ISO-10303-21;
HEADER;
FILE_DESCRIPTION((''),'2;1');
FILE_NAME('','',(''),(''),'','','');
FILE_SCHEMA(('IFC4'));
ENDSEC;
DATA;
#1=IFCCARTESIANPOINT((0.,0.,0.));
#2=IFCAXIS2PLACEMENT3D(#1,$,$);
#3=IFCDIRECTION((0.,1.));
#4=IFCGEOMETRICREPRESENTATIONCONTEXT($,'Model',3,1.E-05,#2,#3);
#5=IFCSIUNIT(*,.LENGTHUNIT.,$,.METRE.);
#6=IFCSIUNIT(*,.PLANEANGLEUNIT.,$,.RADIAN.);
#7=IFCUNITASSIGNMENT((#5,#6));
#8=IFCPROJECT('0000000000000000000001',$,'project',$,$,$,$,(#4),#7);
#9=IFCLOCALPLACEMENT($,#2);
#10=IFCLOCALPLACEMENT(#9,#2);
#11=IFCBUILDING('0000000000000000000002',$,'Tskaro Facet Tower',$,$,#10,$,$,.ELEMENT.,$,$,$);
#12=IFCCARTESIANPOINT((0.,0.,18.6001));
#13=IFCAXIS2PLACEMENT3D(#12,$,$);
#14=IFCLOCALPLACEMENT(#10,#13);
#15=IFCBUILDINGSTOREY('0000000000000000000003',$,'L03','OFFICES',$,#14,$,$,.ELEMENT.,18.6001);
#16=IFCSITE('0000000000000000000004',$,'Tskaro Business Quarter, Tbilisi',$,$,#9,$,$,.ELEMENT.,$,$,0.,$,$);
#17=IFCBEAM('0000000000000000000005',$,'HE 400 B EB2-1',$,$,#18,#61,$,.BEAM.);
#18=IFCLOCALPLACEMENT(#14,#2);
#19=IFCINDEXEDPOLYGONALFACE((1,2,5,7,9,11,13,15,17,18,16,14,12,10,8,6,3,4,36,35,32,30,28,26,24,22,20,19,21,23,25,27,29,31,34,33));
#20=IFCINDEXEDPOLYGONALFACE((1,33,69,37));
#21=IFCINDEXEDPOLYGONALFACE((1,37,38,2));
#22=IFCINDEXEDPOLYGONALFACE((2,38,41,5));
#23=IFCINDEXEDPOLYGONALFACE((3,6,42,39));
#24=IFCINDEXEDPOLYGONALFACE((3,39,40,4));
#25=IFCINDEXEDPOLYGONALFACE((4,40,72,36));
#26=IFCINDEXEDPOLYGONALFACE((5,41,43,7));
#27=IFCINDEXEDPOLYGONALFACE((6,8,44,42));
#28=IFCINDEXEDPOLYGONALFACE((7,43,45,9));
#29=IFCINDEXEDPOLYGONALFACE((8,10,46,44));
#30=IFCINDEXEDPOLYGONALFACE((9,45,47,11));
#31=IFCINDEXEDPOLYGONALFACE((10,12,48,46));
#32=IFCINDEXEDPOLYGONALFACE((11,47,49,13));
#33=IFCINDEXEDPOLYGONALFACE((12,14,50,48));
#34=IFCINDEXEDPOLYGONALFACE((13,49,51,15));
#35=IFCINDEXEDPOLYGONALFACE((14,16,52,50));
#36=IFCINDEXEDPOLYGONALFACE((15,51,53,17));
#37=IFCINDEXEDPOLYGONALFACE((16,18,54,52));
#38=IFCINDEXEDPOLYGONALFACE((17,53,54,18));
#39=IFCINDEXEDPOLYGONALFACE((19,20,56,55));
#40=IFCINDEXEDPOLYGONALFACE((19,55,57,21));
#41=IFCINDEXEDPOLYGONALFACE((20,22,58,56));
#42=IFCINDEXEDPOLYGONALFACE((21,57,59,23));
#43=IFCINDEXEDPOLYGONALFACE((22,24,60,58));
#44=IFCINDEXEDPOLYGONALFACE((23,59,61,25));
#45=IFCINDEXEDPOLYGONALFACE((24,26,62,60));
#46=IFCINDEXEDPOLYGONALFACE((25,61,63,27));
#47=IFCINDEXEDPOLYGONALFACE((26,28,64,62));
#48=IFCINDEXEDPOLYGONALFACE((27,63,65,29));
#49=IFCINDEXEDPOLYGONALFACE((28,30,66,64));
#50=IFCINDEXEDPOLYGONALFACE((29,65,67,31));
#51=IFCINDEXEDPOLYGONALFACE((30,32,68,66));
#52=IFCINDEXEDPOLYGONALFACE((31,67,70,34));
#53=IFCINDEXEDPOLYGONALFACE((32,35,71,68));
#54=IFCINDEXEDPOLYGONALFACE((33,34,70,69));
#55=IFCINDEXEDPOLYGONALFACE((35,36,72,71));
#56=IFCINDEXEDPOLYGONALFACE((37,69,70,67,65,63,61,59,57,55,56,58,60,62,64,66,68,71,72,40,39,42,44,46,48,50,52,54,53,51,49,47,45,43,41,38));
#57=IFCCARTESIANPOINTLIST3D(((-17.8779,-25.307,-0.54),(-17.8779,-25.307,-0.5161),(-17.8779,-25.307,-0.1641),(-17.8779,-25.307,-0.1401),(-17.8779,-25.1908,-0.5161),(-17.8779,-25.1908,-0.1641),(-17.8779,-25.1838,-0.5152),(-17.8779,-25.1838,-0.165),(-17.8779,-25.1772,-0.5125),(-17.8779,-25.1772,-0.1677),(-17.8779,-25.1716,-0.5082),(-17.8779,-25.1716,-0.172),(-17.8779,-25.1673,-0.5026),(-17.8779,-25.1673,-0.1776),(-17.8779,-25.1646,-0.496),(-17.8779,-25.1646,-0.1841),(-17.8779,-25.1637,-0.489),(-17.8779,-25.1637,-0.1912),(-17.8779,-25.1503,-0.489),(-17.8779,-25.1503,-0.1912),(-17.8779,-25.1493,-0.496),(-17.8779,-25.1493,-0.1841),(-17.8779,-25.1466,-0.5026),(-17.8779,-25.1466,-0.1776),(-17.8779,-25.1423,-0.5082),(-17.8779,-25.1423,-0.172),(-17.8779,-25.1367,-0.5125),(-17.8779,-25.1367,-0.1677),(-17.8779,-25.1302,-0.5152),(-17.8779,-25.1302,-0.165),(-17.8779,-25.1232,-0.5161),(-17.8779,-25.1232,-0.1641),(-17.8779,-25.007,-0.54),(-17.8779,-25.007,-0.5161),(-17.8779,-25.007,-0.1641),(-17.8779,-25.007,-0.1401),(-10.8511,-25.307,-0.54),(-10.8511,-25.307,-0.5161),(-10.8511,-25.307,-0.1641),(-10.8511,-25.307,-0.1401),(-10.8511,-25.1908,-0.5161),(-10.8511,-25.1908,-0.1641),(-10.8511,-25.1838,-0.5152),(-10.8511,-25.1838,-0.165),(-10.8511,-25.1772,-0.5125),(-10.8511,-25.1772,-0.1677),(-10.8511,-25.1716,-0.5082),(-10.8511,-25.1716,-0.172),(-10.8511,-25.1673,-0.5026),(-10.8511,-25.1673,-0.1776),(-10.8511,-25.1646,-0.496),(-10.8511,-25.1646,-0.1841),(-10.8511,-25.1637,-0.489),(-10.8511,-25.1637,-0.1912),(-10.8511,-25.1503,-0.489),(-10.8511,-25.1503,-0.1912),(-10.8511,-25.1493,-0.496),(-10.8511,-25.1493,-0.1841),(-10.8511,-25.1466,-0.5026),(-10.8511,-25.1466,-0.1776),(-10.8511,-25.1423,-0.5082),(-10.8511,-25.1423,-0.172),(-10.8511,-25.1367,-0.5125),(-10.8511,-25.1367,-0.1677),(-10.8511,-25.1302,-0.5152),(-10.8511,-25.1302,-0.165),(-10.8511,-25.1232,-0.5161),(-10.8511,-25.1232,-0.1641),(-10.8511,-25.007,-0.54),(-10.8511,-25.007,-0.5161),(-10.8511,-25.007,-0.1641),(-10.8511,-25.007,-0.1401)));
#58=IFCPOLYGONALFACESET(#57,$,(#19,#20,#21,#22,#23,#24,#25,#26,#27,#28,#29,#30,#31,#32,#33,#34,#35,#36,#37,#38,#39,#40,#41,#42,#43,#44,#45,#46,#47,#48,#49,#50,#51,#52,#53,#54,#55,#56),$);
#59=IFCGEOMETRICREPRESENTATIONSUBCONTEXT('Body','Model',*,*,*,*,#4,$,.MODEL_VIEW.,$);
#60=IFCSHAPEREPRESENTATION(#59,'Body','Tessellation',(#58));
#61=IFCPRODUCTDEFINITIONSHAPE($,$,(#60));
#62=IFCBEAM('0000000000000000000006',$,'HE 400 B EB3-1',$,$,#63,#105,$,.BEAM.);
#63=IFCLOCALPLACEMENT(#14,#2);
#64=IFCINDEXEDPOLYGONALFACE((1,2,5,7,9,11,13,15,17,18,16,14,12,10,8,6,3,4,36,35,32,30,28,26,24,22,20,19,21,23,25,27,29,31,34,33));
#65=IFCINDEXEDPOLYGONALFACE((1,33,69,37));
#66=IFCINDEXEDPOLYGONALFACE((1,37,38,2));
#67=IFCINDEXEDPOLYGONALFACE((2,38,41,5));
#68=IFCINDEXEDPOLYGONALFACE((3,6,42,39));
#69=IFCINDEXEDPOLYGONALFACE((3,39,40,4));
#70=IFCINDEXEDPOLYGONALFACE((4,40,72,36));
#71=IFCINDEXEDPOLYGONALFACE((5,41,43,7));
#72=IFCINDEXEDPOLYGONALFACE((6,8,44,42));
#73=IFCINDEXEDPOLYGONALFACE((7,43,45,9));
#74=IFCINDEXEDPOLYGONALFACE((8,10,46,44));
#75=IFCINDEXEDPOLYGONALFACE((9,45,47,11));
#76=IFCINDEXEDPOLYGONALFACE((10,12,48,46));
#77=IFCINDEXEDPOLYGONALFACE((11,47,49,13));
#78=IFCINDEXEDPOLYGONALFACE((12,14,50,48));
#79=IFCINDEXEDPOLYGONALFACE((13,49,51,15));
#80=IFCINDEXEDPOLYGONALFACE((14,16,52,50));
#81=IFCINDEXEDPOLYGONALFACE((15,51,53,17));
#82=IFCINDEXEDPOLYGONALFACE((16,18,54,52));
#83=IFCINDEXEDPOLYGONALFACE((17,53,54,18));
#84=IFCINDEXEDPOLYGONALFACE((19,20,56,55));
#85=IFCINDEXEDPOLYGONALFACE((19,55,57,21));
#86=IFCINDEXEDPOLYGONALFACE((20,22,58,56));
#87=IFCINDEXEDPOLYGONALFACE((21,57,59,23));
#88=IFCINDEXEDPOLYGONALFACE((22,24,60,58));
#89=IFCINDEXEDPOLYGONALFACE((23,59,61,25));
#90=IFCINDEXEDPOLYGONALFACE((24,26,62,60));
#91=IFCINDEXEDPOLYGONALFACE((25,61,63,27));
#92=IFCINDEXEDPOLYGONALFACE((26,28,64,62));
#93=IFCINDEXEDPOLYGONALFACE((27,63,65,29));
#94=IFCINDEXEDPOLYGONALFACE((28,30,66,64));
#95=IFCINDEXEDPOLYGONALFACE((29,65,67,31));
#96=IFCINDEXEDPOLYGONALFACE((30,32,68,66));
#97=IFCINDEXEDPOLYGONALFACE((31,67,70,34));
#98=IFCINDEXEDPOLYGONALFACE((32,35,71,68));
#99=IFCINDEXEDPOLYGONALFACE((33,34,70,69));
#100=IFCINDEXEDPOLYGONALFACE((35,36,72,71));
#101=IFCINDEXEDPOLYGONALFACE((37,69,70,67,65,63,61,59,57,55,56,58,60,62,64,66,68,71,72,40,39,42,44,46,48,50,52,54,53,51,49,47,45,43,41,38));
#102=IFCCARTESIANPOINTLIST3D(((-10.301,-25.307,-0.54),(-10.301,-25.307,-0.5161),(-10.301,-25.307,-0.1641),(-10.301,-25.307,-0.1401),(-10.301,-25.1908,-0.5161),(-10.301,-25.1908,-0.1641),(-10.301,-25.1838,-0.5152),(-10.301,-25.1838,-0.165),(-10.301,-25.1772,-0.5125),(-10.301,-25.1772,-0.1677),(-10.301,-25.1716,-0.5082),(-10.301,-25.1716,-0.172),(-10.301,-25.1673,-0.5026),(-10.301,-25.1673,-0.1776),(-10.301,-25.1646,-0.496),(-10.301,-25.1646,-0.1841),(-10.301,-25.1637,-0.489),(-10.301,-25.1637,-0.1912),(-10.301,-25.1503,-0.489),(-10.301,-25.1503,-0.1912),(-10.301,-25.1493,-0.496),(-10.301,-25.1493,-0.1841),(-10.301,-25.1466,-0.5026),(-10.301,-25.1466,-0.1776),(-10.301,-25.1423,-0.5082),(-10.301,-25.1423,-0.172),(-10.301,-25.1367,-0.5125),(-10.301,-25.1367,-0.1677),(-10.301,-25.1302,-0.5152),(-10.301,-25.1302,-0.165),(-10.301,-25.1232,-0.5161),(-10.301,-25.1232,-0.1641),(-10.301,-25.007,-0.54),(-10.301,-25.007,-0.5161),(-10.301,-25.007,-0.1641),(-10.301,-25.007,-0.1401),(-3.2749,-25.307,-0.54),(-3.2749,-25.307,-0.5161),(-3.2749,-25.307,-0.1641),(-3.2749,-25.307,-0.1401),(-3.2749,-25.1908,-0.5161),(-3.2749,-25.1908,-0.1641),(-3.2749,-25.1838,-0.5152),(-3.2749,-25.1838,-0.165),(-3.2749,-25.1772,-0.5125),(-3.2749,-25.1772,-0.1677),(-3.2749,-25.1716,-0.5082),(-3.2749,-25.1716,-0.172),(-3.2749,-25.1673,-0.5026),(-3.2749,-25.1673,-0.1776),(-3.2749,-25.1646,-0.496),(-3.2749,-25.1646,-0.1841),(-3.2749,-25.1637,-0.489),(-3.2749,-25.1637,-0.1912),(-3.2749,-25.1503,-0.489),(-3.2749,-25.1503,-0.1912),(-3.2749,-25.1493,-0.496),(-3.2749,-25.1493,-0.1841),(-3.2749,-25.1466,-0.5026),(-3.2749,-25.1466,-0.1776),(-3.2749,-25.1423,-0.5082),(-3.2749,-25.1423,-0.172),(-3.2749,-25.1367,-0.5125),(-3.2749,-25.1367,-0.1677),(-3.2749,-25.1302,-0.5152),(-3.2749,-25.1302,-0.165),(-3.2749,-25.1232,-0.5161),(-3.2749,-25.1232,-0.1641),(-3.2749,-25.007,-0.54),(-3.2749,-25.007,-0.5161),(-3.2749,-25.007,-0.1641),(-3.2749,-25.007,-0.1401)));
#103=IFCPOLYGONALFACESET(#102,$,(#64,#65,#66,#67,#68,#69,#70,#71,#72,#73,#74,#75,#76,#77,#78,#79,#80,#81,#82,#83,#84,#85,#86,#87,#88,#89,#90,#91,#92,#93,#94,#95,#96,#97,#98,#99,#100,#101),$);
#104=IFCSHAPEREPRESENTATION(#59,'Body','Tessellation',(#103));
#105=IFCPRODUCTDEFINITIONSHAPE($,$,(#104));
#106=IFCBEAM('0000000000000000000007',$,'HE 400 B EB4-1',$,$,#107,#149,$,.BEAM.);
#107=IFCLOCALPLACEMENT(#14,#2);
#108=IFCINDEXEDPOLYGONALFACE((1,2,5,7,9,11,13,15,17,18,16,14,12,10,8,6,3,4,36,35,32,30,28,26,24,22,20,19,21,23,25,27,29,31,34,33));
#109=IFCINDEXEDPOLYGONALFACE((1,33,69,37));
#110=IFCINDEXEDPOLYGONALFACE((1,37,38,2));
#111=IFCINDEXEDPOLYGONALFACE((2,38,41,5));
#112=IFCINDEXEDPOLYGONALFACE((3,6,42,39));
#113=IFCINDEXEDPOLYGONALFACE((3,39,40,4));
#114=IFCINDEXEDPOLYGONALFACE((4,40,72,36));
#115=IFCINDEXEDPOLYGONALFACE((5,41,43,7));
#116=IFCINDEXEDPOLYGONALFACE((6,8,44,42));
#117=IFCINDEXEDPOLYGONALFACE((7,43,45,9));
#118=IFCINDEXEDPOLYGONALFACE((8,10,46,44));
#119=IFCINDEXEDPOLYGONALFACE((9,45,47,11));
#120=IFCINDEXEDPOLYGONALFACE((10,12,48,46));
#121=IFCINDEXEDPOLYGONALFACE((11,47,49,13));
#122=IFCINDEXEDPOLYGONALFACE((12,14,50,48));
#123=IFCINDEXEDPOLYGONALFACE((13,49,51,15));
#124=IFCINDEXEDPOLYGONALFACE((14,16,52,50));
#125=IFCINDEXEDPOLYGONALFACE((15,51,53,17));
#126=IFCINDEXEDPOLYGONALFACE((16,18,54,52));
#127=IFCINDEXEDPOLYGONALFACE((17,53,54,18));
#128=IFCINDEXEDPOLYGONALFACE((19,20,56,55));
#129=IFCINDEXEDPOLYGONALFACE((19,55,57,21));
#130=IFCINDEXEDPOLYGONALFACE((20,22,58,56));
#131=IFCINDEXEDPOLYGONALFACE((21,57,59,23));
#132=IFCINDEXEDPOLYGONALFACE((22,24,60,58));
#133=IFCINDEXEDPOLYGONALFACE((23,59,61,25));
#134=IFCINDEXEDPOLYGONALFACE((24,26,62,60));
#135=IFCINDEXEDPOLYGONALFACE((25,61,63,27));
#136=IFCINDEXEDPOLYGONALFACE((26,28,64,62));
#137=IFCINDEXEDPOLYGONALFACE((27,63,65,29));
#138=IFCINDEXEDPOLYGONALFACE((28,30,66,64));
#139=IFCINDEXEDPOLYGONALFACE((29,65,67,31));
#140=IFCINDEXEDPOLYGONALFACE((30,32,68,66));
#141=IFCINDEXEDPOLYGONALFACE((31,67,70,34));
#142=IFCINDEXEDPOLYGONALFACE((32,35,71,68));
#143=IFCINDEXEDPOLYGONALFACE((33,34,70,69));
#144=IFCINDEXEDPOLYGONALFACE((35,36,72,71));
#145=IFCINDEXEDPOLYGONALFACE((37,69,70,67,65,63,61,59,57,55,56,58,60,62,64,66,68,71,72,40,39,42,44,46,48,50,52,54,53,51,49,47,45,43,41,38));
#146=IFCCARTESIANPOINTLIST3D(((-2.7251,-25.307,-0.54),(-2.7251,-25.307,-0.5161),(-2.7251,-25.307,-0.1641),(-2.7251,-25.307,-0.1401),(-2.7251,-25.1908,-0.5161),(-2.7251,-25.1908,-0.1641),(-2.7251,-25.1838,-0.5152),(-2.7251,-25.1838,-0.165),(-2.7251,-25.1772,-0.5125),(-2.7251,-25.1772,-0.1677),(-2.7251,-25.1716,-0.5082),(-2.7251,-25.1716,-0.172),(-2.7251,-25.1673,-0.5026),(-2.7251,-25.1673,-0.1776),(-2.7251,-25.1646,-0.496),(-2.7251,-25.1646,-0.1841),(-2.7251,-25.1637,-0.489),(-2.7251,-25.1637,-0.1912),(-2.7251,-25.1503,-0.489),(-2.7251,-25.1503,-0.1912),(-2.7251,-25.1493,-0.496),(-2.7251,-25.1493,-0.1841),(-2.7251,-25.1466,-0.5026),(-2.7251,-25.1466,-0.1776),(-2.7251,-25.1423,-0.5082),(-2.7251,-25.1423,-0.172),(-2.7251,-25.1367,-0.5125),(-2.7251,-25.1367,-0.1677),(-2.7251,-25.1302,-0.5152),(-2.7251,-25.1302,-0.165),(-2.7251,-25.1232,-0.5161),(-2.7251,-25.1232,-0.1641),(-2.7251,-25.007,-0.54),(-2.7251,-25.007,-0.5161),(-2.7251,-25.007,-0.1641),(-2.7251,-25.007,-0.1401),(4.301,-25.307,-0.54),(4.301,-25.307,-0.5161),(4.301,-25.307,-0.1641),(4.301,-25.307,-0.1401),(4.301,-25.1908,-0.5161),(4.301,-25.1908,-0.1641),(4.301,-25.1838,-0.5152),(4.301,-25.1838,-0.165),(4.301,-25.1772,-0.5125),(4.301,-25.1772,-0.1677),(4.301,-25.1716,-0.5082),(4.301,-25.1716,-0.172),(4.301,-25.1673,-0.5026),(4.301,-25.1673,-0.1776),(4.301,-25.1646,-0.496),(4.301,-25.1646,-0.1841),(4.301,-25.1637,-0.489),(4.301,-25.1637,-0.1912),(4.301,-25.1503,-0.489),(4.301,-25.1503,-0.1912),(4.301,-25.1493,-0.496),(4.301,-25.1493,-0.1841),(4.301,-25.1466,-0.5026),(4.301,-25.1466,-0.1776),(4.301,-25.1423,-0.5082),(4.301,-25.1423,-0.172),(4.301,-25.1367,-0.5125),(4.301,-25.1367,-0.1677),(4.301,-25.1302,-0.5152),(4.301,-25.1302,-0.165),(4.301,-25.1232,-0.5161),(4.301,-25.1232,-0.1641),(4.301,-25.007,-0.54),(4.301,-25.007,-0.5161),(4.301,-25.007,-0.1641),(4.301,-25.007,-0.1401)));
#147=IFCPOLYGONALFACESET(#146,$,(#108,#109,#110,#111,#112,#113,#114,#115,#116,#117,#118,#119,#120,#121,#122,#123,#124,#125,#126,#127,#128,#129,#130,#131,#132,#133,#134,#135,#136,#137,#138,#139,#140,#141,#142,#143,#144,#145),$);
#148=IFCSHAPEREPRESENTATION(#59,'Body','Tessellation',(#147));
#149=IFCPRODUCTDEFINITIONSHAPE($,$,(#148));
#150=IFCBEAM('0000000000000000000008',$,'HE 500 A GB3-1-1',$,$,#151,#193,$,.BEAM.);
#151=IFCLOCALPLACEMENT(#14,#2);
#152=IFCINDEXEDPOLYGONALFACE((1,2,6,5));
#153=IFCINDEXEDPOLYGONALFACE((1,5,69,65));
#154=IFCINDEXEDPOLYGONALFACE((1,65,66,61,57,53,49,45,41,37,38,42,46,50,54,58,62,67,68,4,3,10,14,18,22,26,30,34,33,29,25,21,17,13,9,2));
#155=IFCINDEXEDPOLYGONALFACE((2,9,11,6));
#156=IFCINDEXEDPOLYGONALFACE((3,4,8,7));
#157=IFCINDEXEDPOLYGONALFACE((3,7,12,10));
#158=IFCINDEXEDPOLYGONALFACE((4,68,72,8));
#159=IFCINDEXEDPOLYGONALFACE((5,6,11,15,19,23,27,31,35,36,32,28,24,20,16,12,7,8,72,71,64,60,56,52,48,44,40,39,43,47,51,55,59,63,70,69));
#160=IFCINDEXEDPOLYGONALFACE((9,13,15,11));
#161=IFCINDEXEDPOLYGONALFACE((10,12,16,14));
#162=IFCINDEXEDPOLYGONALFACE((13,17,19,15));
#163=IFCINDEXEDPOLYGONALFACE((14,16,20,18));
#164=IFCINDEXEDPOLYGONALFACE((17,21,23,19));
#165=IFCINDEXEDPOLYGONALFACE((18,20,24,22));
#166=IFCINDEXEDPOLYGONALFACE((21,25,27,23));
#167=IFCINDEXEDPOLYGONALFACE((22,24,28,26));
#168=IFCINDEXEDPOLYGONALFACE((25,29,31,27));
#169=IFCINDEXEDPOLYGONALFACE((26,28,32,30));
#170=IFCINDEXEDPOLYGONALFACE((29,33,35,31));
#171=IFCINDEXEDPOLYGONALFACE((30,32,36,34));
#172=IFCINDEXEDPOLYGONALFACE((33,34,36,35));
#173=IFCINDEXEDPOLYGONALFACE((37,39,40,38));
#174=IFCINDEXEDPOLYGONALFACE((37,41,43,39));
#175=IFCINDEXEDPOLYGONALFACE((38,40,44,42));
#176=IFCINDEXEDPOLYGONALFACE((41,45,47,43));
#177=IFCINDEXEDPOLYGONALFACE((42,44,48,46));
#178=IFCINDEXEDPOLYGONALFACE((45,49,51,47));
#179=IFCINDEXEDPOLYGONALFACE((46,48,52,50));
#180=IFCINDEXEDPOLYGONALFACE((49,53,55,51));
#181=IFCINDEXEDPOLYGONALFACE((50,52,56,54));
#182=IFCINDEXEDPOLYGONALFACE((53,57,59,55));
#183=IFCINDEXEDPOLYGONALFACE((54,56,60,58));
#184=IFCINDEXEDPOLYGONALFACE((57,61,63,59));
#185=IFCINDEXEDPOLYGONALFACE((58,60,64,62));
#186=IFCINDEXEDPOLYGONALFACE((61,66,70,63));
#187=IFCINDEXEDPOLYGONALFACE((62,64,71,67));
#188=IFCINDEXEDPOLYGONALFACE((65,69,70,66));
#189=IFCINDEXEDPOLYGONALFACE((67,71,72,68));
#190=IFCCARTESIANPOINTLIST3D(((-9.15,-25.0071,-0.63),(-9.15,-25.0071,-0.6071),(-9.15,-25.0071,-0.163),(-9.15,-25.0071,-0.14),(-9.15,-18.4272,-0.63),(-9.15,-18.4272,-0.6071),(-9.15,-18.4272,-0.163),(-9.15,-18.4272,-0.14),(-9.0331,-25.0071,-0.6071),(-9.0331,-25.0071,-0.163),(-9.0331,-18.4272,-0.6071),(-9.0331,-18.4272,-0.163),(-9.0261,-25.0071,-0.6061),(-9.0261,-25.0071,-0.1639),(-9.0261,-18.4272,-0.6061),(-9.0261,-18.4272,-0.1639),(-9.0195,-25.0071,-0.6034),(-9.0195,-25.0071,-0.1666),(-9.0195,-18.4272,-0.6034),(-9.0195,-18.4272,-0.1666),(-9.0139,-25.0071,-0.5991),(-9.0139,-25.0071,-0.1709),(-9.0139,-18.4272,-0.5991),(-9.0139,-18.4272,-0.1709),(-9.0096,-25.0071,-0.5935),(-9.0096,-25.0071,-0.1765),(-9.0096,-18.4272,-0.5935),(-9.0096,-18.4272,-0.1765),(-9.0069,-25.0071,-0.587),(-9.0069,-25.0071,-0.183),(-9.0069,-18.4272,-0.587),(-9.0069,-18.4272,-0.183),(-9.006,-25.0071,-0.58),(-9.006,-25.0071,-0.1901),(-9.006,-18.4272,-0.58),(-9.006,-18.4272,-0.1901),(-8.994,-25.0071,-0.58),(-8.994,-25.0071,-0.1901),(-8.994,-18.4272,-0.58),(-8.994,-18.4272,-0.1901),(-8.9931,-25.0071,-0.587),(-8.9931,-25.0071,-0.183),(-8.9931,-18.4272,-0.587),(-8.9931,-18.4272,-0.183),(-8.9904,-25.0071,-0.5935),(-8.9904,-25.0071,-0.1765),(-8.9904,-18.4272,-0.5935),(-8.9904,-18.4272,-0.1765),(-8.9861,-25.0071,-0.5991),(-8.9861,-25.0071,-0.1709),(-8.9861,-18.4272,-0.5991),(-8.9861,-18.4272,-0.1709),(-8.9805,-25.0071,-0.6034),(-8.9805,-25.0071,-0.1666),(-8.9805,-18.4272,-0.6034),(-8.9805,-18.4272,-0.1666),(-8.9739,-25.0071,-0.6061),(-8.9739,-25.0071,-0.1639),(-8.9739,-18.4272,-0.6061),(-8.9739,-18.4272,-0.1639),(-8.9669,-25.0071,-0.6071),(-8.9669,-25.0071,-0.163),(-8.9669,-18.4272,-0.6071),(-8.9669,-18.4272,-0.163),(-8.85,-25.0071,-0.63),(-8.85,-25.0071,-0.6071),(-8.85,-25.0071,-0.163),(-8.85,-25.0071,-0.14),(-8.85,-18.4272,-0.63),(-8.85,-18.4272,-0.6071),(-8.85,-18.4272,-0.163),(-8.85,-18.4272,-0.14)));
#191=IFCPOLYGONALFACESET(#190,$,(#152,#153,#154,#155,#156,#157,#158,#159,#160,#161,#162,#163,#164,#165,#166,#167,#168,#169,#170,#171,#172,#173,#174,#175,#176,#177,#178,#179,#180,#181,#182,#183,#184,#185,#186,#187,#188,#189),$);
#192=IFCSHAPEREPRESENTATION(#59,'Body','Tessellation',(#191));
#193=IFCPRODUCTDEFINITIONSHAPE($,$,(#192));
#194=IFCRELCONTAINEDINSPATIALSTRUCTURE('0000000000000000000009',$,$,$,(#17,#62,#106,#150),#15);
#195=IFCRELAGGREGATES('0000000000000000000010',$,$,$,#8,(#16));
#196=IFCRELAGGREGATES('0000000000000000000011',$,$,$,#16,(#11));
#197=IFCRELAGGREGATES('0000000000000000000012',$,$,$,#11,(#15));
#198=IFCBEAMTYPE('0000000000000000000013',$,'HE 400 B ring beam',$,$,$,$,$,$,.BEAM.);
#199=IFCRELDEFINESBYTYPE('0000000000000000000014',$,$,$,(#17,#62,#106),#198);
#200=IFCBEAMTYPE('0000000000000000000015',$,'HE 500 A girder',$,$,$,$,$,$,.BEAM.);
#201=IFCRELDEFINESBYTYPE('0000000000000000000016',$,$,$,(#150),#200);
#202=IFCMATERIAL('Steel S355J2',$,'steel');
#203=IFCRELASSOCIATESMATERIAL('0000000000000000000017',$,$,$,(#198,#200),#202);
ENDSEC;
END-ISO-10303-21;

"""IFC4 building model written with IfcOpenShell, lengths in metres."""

from ifc_helpers import new_model, si_unit, direction, frame, origin, origin_2d, place, context, subcontext, project, spatial, i_section, extrude, material, material_profile, profile_set, type_object, element, save


model = new_model("IFC4")

# Units and contexts
model_context = context("Model", 3, precision=1e-05, world=origin(), true_north=direction((0.0, 1.0)))
body_context = subcontext(model_context, "Body", "Model", "MODEL_VIEW")
ifc_project = project(units=[si_unit("LENGTHUNIT", "METRE"), si_unit("PLANEANGLEUNIT", "RADIAN")], contexts=[model_context])

# Site, building, storey
site_placement = place(None, origin())
site = spatial("IfcSite", under=ifc_project, at=site_placement, Name="Tskaro Business Quarter, Tbilisi", CompositionType="ELEMENT", RefElevation=0.0)
building_placement = place(site_placement, origin())
building = spatial("IfcBuilding", under=site, at=building_placement, Name="Tskaro Facet Tower", CompositionType="ELEMENT")
storey_placement = place(building_placement, frame((0.0, 0.0, 18.6001)))
storey = spatial("IfcBuildingStorey", under=building, at=storey_placement, Name="L03", Description="OFFICES", CompositionType="ELEMENT", Elevation=18.6001)

# Beams
ifc_material_1 = material(Name="Steel S355J2", Category="steel")
ifc_material_profile_1 = material_profile(ifc_material_1, i_section(OverallWidth=0.3, OverallDepth=0.3999, WebThickness=0.0134, FlangeThickness=0.0239, FilletRadius=0.0271, at=origin_2d()), Name="HE 400 B")
ifc_profile_set_1 = profile_set([ifc_material_profile_1], Name="Steel S355J2")
beam_type_1 = type_object("IfcBeamType", Name="HE 400 B ring beam", PredefinedType="BEAM", material=ifc_profile_set_1)
beam_1_placement = place(storey_placement, frame((-17.8779, -25.157, -0.3401), z_axis=(1.0, 0.0, 0.0), x_axis=(0.0, 1.0, 0.0)))
element("IfcBeam", 1, at=beam_1_placement, inside=storey, type_object=beam_type_1, Name="HE 400 B EB2-1", PredefinedType="BEAM", context=body_context, shape_type="SweptSolid", body=[
    extrude(i_section(OverallWidth=0.3, OverallDepth=0.3999, WebThickness=0.0134, FlangeThickness=0.0239, FilletRadius=0.0271, at=origin_2d()), origin(), (0.0, 0.0, 1.0), 7.0269),
])
for number, where, z_axis, x_axis, name in (
    (2, (-10.301, -25.157, -0.3401), (1.0, 0.0, 0.0), (0.0, 1.0, 0.0), "HE 400 B EB3-1"),
    (3, (-2.7251, -25.157, -0.3401), (1.0, 0.0, 0.0), (0.0, 1.0, 0.0), "HE 400 B EB4-1"),
):
    element("IfcBeam", number, at=place(storey_placement, frame(where, z_axis=z_axis, x_axis=x_axis)), inside=storey, type_object=beam_type_1, Name=name, PredefinedType="BEAM", context=body_context, shape_type="SweptSolid", body=[
        extrude(i_section(OverallWidth=0.3, OverallDepth=0.3999, WebThickness=0.0134, FlangeThickness=0.0239, FilletRadius=0.0271, at=origin_2d()), origin(), (0.0, 0.0, 1.0), 7.0261),
    ])
ifc_material_profile_2 = material_profile(ifc_material_1, i_section(OverallWidth=0.3, OverallDepth=0.49, WebThickness=0.012, FlangeThickness=0.0229, FilletRadius=0.0271, at=origin_2d()), Name="HE 500 A")
ifc_profile_set_2 = profile_set([ifc_material_profile_2], Name="Steel S355J2")
beam_type_2 = type_object("IfcBeamType", Name="HE 500 A girder", PredefinedType="BEAM", material=ifc_profile_set_2)
beam_2_placement = place(storey_placement, frame((-9.0, -25.0071, -0.385), z_axis=(0.0, 1.0, 0.0), x_axis=(-1.0, 0.0, 0.0)))
element("IfcBeam", 4, at=beam_2_placement, inside=storey, type_object=beam_type_2, Name="HE 500 A GB3-1-1", PredefinedType="BEAM", context=body_context, shape_type="SweptSolid", body=[
    extrude(i_section(OverallWidth=0.3, OverallDepth=0.49, WebThickness=0.012, FlangeThickness=0.0229, FilletRadius=0.0271, at=origin_2d()), origin(), (0.0, 0.0, 1.0), 6.5798),
])

save(model, "model.ifc")
